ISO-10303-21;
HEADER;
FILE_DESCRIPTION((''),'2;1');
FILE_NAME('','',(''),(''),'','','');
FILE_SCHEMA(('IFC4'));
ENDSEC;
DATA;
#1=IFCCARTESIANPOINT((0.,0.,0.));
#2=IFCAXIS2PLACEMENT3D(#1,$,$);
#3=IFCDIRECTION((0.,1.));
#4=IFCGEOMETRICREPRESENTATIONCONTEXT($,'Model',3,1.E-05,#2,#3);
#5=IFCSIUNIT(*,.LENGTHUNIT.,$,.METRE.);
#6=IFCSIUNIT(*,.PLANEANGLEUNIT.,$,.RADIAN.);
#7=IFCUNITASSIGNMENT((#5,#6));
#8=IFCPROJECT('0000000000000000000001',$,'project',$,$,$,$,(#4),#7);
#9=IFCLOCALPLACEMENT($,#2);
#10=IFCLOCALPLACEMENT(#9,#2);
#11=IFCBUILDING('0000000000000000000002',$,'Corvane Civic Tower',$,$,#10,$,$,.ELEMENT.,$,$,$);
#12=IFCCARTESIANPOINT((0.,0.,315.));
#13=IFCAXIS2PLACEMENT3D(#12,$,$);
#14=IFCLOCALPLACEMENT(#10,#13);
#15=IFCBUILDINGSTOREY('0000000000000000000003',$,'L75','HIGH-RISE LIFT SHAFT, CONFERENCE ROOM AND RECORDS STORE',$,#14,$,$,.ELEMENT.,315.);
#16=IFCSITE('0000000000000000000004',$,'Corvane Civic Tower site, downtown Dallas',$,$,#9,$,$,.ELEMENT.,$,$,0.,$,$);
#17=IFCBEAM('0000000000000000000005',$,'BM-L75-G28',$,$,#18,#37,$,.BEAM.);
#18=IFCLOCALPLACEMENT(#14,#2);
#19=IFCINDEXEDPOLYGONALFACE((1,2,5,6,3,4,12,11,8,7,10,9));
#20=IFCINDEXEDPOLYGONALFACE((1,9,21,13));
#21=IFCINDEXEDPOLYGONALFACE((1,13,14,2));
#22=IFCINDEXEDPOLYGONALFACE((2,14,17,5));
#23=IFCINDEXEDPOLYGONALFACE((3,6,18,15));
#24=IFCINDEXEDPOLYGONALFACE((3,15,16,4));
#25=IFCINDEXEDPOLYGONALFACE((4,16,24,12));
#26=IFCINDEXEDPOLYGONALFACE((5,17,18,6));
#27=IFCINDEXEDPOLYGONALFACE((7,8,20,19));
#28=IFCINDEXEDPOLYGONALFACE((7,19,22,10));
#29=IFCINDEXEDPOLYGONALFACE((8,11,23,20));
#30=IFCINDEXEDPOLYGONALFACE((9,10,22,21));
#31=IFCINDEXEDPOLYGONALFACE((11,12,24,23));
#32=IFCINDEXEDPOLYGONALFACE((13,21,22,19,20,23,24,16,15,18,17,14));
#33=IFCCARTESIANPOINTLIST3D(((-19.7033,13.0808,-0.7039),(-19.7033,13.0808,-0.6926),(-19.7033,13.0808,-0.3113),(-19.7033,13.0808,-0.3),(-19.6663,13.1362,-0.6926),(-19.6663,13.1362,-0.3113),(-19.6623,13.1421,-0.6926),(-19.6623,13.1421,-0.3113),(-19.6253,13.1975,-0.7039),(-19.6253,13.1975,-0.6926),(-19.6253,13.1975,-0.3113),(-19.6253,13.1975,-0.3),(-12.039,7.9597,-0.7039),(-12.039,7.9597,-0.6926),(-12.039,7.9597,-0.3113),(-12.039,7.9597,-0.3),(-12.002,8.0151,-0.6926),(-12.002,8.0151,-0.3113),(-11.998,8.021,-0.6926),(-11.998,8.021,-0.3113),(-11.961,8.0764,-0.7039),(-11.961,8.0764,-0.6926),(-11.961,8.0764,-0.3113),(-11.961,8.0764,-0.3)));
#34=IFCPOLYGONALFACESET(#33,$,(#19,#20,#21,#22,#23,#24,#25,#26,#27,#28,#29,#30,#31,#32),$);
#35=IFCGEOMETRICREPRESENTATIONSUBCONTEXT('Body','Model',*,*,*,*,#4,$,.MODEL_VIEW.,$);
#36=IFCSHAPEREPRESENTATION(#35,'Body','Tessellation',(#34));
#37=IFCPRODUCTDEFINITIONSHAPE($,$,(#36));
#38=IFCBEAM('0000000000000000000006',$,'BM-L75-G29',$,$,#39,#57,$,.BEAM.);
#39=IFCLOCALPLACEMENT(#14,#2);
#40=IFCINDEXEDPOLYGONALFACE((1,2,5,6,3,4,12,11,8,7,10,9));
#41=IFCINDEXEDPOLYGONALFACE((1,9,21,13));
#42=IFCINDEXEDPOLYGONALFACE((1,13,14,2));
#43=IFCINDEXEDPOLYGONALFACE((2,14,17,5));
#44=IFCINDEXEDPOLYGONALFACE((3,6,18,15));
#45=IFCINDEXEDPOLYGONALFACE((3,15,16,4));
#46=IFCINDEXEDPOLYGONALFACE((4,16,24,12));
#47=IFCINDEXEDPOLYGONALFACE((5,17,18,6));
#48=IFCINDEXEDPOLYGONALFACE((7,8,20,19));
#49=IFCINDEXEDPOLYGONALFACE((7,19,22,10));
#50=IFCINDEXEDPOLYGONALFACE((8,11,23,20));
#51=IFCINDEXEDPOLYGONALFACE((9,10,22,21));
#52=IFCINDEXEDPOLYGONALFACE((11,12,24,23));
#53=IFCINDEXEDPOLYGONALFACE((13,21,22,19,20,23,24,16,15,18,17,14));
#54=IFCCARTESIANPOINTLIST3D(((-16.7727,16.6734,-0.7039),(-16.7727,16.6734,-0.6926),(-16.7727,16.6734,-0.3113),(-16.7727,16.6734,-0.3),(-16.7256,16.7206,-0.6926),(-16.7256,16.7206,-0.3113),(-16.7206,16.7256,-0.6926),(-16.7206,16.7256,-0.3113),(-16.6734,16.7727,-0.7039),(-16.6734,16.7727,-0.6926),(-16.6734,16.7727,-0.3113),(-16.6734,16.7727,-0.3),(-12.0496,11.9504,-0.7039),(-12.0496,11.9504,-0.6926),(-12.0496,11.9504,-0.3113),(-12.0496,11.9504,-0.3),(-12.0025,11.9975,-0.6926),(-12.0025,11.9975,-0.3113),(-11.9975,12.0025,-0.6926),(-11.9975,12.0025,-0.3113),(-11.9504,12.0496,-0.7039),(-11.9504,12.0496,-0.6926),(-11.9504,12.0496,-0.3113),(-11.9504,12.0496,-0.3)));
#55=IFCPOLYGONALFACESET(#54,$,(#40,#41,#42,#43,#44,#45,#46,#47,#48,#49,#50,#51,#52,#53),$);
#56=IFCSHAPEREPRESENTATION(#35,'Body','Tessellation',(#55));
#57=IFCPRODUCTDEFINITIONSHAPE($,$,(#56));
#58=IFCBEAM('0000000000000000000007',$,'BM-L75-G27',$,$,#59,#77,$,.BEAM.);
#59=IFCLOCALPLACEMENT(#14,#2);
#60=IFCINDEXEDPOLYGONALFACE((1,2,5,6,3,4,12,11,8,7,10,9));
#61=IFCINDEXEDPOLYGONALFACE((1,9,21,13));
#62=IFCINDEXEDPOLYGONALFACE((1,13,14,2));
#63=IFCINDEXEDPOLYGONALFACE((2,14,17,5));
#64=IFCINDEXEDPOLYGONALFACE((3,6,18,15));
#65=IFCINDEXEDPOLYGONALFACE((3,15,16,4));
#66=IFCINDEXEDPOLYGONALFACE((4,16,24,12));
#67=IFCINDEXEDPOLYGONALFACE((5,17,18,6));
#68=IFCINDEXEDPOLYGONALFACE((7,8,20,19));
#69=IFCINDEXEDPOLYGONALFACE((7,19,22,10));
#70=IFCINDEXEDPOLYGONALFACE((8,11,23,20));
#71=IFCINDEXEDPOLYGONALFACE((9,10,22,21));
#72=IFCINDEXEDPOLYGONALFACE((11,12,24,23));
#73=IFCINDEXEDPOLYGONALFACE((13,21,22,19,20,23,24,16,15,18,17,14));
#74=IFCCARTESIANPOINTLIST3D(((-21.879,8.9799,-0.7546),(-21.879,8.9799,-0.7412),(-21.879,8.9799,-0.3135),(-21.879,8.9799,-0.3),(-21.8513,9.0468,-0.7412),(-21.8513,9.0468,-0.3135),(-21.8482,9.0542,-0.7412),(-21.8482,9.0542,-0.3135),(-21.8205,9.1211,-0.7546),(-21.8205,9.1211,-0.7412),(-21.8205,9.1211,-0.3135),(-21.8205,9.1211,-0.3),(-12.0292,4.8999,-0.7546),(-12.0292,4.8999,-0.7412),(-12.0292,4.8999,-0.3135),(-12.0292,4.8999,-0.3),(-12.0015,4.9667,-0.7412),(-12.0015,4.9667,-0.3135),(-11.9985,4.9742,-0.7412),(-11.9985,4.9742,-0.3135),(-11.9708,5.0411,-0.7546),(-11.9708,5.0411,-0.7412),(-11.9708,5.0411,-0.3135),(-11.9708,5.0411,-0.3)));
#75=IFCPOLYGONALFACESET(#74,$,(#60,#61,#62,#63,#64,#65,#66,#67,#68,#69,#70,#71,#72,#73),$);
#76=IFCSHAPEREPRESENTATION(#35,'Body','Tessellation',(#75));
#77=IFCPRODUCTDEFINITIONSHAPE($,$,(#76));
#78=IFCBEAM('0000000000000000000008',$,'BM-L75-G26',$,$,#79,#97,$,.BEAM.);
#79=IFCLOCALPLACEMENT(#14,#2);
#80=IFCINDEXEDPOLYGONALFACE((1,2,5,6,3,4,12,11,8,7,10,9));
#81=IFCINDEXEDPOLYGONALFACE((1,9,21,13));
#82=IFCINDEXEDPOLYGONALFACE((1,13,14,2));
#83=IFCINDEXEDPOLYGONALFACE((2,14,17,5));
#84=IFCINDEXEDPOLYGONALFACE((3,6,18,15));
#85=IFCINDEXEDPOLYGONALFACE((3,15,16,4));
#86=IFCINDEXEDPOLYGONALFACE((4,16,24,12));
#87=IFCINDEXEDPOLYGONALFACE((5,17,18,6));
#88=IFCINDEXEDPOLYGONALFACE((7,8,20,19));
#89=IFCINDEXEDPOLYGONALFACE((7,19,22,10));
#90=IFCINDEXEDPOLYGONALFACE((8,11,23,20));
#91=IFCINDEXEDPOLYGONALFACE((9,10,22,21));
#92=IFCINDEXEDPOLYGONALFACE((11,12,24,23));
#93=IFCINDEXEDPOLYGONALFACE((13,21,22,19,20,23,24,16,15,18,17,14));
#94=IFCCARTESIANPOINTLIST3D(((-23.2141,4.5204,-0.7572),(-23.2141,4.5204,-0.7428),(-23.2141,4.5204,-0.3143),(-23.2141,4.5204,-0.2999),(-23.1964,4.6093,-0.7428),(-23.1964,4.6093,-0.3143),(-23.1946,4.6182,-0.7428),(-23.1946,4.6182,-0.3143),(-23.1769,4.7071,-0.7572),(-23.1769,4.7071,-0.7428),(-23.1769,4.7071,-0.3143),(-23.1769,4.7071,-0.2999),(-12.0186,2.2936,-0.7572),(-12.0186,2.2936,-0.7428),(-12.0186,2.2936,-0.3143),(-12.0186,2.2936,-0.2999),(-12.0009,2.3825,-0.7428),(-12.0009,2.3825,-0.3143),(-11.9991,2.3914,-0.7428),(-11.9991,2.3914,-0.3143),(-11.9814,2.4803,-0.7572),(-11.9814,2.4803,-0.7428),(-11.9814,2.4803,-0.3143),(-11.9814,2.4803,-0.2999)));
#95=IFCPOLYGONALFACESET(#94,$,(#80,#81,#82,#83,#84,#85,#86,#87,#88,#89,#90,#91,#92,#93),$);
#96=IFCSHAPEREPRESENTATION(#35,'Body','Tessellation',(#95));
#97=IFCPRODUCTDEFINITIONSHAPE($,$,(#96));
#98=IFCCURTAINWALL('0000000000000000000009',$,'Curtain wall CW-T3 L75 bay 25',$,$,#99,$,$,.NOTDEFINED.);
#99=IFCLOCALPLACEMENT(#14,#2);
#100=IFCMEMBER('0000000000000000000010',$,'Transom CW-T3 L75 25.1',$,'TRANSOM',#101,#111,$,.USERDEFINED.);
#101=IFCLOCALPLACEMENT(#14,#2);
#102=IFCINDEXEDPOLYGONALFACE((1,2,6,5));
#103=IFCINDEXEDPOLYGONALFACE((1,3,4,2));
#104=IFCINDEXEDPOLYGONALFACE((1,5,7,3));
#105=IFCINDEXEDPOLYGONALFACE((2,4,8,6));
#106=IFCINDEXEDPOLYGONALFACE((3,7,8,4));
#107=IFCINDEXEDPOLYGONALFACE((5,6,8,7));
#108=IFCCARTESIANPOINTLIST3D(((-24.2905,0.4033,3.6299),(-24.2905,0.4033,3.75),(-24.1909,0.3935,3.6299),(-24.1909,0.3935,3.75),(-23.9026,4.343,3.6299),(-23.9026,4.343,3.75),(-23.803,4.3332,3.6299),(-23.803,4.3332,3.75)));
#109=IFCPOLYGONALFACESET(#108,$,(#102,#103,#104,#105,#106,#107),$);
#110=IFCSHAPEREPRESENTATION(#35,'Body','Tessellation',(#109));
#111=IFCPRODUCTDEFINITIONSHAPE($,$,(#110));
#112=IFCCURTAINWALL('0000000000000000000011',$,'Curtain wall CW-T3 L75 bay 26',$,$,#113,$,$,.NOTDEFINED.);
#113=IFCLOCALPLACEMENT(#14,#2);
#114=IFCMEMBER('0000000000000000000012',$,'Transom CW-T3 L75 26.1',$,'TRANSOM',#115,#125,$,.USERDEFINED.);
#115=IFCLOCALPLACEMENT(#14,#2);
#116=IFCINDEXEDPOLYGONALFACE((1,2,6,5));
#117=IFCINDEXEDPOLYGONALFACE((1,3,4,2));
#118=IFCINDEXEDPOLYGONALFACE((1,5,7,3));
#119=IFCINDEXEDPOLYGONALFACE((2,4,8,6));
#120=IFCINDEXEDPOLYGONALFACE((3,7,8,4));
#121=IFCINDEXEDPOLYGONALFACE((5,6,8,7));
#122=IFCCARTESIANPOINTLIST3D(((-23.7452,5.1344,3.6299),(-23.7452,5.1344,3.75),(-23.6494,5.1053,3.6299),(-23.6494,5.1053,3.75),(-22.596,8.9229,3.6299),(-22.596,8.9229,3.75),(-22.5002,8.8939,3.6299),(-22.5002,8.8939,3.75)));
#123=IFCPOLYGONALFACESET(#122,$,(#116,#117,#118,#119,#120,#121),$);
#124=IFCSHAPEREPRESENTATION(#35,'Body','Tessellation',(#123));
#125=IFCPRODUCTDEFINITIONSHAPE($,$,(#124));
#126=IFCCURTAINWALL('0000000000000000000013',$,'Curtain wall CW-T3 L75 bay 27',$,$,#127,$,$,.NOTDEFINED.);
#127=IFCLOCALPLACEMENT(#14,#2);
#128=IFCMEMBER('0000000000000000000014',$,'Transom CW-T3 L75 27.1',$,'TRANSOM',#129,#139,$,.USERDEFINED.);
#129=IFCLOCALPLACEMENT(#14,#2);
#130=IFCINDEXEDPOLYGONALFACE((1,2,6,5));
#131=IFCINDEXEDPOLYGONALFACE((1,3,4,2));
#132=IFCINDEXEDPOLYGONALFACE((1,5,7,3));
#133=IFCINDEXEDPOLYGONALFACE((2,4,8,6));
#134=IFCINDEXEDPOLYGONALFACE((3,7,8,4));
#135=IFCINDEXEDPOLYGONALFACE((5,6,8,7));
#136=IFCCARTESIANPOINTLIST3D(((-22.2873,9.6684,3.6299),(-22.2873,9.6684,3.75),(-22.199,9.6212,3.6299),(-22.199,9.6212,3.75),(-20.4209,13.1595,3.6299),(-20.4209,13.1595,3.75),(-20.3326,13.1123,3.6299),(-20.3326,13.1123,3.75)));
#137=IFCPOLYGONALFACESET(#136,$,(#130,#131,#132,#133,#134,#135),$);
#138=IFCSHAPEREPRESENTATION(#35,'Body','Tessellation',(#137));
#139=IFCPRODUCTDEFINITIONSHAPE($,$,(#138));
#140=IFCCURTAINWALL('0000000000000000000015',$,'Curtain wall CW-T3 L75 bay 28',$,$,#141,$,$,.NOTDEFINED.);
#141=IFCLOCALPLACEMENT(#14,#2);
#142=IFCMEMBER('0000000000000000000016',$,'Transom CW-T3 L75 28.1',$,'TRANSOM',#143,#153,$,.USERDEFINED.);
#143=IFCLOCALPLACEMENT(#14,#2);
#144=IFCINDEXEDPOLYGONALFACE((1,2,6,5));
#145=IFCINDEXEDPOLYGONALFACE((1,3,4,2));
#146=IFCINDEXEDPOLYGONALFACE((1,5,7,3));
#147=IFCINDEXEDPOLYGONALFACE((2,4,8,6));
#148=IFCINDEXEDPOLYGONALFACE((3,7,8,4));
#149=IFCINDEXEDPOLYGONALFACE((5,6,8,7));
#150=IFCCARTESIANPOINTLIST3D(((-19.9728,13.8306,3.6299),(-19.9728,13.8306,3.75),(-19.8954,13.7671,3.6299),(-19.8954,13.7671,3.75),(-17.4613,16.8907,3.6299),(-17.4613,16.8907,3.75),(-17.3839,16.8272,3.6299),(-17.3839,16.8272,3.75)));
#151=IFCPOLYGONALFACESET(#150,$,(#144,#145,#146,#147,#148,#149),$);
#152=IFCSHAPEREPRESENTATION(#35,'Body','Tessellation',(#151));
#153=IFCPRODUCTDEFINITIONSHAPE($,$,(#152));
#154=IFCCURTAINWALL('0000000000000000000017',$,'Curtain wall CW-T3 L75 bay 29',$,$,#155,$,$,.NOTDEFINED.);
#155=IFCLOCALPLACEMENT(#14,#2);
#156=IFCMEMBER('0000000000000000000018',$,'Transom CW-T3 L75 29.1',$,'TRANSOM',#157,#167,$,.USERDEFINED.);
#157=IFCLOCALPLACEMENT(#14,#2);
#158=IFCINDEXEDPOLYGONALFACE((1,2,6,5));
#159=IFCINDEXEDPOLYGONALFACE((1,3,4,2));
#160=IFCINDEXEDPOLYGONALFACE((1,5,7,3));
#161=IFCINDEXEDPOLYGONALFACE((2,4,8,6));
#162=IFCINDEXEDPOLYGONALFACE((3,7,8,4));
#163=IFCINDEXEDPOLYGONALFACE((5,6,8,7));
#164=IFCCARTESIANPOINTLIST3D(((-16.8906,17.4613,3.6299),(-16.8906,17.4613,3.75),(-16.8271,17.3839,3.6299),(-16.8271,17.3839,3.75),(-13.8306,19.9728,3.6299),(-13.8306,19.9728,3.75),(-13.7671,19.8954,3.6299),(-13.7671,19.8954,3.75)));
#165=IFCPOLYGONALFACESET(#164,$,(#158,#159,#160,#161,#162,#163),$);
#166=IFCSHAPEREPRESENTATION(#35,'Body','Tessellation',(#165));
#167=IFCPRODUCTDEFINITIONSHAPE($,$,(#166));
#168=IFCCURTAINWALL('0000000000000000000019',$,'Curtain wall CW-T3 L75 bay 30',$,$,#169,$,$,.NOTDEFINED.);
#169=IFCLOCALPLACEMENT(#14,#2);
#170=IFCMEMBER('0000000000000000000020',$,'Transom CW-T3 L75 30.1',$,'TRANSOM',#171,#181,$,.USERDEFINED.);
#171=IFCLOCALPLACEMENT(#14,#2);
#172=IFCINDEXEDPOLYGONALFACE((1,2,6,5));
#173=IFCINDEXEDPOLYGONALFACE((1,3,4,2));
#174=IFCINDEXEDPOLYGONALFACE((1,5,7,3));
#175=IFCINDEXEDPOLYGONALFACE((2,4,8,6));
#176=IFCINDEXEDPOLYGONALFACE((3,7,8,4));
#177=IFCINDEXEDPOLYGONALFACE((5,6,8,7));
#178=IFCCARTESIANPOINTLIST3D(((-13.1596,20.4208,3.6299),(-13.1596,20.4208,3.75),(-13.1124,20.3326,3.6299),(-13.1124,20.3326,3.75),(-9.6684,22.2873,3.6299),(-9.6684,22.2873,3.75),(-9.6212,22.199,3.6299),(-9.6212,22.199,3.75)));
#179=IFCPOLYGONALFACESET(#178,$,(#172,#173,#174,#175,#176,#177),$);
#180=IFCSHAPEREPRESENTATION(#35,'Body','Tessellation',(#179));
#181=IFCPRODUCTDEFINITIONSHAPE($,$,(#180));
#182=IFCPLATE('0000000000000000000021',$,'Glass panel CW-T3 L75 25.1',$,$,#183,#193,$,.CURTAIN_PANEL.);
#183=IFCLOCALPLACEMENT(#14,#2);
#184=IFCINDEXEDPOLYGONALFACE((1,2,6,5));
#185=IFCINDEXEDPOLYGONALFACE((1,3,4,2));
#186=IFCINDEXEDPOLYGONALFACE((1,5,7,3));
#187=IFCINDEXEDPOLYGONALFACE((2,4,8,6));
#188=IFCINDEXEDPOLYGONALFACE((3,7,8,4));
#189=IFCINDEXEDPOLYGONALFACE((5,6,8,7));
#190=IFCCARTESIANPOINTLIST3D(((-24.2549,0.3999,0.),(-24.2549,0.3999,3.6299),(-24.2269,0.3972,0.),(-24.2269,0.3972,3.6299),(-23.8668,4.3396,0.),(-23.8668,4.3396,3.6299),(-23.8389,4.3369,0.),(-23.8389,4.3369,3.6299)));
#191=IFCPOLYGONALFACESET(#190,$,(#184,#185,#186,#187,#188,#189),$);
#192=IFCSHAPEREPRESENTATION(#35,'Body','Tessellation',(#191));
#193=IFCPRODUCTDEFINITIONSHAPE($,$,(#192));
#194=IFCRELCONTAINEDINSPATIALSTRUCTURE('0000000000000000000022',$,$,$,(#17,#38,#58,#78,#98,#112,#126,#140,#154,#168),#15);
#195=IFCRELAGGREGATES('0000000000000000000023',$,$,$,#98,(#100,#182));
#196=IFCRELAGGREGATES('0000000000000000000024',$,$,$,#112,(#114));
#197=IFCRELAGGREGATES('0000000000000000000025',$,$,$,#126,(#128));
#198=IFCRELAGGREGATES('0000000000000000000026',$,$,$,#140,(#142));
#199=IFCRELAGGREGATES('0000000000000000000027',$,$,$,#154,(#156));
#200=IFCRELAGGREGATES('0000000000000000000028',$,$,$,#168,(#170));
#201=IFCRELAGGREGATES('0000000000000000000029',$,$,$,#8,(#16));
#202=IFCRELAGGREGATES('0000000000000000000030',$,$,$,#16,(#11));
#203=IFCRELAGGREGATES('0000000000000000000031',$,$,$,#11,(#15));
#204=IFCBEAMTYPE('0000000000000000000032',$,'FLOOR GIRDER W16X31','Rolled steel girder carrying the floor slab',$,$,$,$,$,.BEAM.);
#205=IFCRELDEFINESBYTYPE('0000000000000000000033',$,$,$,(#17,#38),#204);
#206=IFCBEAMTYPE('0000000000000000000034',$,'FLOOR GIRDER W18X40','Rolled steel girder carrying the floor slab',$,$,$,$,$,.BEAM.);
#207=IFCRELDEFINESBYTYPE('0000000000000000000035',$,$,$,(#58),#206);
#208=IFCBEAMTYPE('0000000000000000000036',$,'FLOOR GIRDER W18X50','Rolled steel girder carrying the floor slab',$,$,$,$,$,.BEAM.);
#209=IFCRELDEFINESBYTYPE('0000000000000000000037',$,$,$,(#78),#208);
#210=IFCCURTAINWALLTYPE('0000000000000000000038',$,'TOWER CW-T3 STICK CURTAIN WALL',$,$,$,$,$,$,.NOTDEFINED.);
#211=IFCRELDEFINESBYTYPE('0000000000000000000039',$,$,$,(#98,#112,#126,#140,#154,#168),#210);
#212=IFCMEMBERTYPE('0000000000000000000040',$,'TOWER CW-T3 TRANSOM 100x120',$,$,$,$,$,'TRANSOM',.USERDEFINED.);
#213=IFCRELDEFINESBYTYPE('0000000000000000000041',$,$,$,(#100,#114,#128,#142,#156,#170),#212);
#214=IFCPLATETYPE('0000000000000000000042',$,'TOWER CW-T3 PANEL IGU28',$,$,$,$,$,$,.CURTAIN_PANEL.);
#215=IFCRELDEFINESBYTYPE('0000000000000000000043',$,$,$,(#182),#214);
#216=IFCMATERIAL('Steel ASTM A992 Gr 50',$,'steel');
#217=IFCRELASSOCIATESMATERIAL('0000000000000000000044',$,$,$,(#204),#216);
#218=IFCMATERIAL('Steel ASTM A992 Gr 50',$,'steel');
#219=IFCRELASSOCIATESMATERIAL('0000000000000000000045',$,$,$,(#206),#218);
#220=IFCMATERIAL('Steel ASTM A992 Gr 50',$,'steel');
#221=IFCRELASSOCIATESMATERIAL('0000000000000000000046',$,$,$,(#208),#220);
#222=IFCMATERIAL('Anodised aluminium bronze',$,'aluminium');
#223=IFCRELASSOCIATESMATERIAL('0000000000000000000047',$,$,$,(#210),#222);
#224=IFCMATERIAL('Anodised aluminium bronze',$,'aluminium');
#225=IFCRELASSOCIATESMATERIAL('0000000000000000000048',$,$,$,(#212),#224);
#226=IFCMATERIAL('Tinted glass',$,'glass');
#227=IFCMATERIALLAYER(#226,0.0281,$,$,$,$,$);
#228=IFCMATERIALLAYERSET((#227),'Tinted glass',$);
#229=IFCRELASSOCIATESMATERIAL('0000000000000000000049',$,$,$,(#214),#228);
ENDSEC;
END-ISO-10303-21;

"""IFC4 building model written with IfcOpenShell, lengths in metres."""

from ifc_helpers import new_model, si_unit, direction, frame, origin, origin_2d, place, context, subcontext, project, spatial, rectangle, i_section, extrude, material, layer, layer_set, material_profile, profile_set, type_object, element, aggregate, save


model = new_model("IFC4")

# Units and contexts
model_context = context("Model", 3, precision=1e-05, world=origin(), true_north=direction((0.0, 1.0)))
body_context = subcontext(model_context, "Body", "Model", "MODEL_VIEW")
ifc_project = project(units=[si_unit("LENGTHUNIT", "METRE"), si_unit("PLANEANGLEUNIT", "RADIAN")], contexts=[model_context])

# Site, building, storey
site_placement = place(None, origin())
site = spatial("IfcSite", under=ifc_project, at=site_placement, Name="Corvane Civic Tower site, downtown Dallas", CompositionType="ELEMENT", RefElevation=0.0)
building_placement = place(site_placement, origin())
building = spatial("IfcBuilding", under=site, at=building_placement, Name="Corvane Civic Tower", CompositionType="ELEMENT")
storey_placement = place(building_placement, frame((0.0, 0.0, 315.0)))
storey = spatial("IfcBuildingStorey", under=building, at=storey_placement, Name="L75", Description="HIGH-RISE LIFT SHAFT, CONFERENCE ROOM AND RECORDS STORE", CompositionType="ELEMENT", Elevation=315.0)

# Beams
ifc_material_1 = material(Name="Steel ASTM A992 Gr 50", Category="steel")
ifc_material_profile_1 = material_profile(ifc_material_1, i_section(OverallWidth=0.1404, OverallDepth=0.4038, WebThickness=0.0071, FlangeThickness=0.0112, at=origin_2d()), Name="W16X31")
ifc_profile_set_1 = profile_set([ifc_material_profile_1], Name="Steel ASTM A992 Gr 50")
beam_type_1 = type_object("IfcBeamType", Name="FLOOR GIRDER W16X31", Description="Rolled steel girder carrying the floor slab", PredefinedType="BEAM", material=ifc_profile_set_1)
beam_1_placement = place(storey_placement, frame((-12.0, 8.0181, -0.502), z_axis=(-0.831471, 0.555568, 0.0), x_axis=(-0.555568, -0.831471, 0.0)))
element("IfcBeam", 1, at=beam_1_placement, inside=storey, type_object=beam_type_1, Name="BM-L75-G28", PredefinedType="BEAM", context=body_context, shape_type="SweptSolid", body=[
    extrude(i_section(OverallWidth=0.1404, OverallDepth=0.4038, WebThickness=0.0071, FlangeThickness=0.0112, at=origin_2d()), origin(), (0.0, 0.0, 1.0), 9.2178),
])
beam_2_placement = place(storey_placement, frame((-12.0, 12.0, -0.502), z_axis=(-0.707107, 0.707107, 0.0), x_axis=(-0.707107, -0.707107, 0.0)))
element("IfcBeam", 2, at=beam_2_placement, inside=storey, type_object=beam_type_1, Name="BM-L75-G29", PredefinedType="BEAM", context=body_context, shape_type="SweptSolid", body=[
    extrude(i_section(OverallWidth=0.1404, OverallDepth=0.4038, WebThickness=0.0071, FlangeThickness=0.0112, at=origin_2d()), origin(), (0.0, 0.0, 1.0), 6.6794),
])
ifc_material_2 = material(Name="Steel ASTM A992 Gr 50", Category="steel")
ifc_material_profile_2 = material_profile(ifc_material_2, i_section(OverallWidth=0.1528, OverallDepth=0.4546, WebThickness=0.0081, FlangeThickness=0.0134, at=origin_2d()), Name="W18X40")
ifc_profile_set_2 = profile_set([ifc_material_profile_2], Name="Steel ASTM A992 Gr 50")
beam_type_2 = type_object("IfcBeamType", Name="FLOOR GIRDER W18X40", Description="Rolled steel girder carrying the floor slab", PredefinedType="BEAM", material=ifc_profile_set_2)
beam_3_placement = place(storey_placement, frame((-12.0, 4.9705, -0.5273), z_axis=(-0.923875, 0.382694, 0.0), x_axis=(-0.382694, -0.923875, 0.0)))
element("IfcBeam", 3, at=beam_3_placement, inside=storey, type_object=beam_type_2, Name="BM-L75-G27", PredefinedType="BEAM", context=body_context, shape_type="SweptSolid", body=[
    extrude(i_section(OverallWidth=0.1528, OverallDepth=0.4546, WebThickness=0.0081, FlangeThickness=0.0134, at=origin_2d()), origin(), (0.0, 0.0, 1.0), 10.6614),
])
ifc_material_3 = material(Name="Steel ASTM A992 Gr 50", Category="steel")
ifc_material_profile_3 = material_profile(ifc_material_3, i_section(OverallWidth=0.1904, OverallDepth=0.4573, WebThickness=0.009, FlangeThickness=0.0144, at=origin_2d()), Name="W18X50")
ifc_profile_set_3 = profile_set([ifc_material_profile_3], Name="Steel ASTM A992 Gr 50")
beam_type_3 = type_object("IfcBeamType", Name="FLOOR GIRDER W18X50", Description="Rolled steel girder carrying the floor slab", PredefinedType="BEAM", material=ifc_profile_set_3)
beam_4_placement = place(storey_placement, frame((-12.0, 2.387, -0.5286), z_axis=(-0.980787, 0.19508, 0.0), x_axis=(-0.19508, -0.980787, 0.0)))
element("IfcBeam", 4, at=beam_4_placement, inside=storey, type_object=beam_type_3, Name="BM-L75-G26", PredefinedType="BEAM", context=body_context, shape_type="SweptSolid", body=[
    extrude(i_section(OverallWidth=0.1904, OverallDepth=0.4573, WebThickness=0.009, FlangeThickness=0.0144, at=origin_2d()), origin(), (0.0, 0.0, 1.0), 11.4148),
])

# Curtain walls, members
ifc_material_4 = material(Name="Anodised aluminium bronze", Category="aluminium")
curtain_wall_type = type_object("IfcCurtainWallType", Name="TOWER CW-T3 STICK CURTAIN WALL", PredefinedType="NOTDEFINED", material=ifc_material_4)
curtain_wall_1_placement = place(storey_placement, origin())
curtain_wall_1 = element("IfcCurtainWall", 5, at=curtain_wall_1_placement, inside=storey, type_object=curtain_wall_type, Name="Curtain wall CW-T3 L75 bay 25", PredefinedType="NOTDEFINED")
ifc_material_5 = material(Name="Anodised aluminium bronze", Category="aluminium")
ifc_material_profile_4 = material_profile(ifc_material_5, rectangle(XDim=0.1001, YDim=0.1201, at=origin_2d()), Name="TOWER CW-T3 TRANSOM 100x120")
ifc_profile_set_4 = profile_set([ifc_material_profile_4], Name="Anodised aluminium bronze")
member_type = type_object("IfcMemberType", Name="TOWER CW-T3 TRANSOM 100x120", ElementType="TRANSOM", PredefinedType="USERDEFINED", material=ifc_profile_set_4)
member_1_placement = place(storey_placement, frame((-24.2407, 0.3984, 3.6899), z_axis=(0.097995, 0.995187, 0.0), x_axis=(-0.995187, 0.097995, 0.0)))
member_1 = element("IfcMember", 6, at=member_1_placement, type_object=member_type, Name="Transom CW-T3 L75 25.1", ObjectType="TRANSOM", PredefinedType="USERDEFINED", context=body_context, shape_type="SweptSolid", body=[
    extrude(rectangle(XDim=0.1001, YDim=0.1201, at=origin_2d()), origin(), (0.0, 0.0, 1.0), 3.9587),
])
curtain_wall_2_placement = place(storey_placement, origin())
curtain_wall_2 = element("IfcCurtainWall", 7, at=curtain_wall_2_placement, inside=storey, type_object=curtain_wall_type, Name="Curtain wall CW-T3 L75 bay 26", PredefinedType="NOTDEFINED")
member_2_placement = place(storey_placement, frame((-23.6973, 5.1199, 3.6899), z_axis=(0.290266, 0.956946, 0.0), x_axis=(-0.956946, 0.290266, 0.0)))
member_2 = element("IfcMember", 8, at=member_2_placement, type_object=member_type, Name="Transom CW-T3 L75 26.1", ObjectType="TRANSOM", PredefinedType="USERDEFINED", context=body_context, shape_type="SweptSolid", body=[
    extrude(rectangle(XDim=0.1001, YDim=0.1201, at=origin_2d()), origin(), (0.0, 0.0, 1.0), 3.959),
])
curtain_wall_3_placement = place(storey_placement, origin())
curtain_wall_3 = element("IfcCurtainWall", 9, at=curtain_wall_3_placement, inside=storey, type_object=curtain_wall_type, Name="Curtain wall CW-T3 L75 bay 27", PredefinedType="NOTDEFINED")
member_3_placement = place(storey_placement, frame((-22.2432, 9.6448, 3.6899), z_axis=(0.471468, 0.881883, 0.0), x_axis=(-0.881883, 0.471468, 0.0)))
member_3 = element("IfcMember", 10, at=member_3_placement, type_object=member_type, Name="Transom CW-T3 L75 27.1", ObjectType="TRANSOM", PredefinedType="USERDEFINED", context=body_context, shape_type="SweptSolid", body=[
    extrude(rectangle(XDim=0.1001, YDim=0.1201, at=origin_2d()), origin(), (0.0, 0.0, 1.0), 3.9587),
])
curtain_wall_4_placement = place(storey_placement, origin())
curtain_wall_4 = element("IfcCurtainWall", 11, at=curtain_wall_4_placement, inside=storey, type_object=curtain_wall_type, Name="Curtain wall CW-T3 L75 bay 28", PredefinedType="NOTDEFINED")
member_4_placement = place(storey_placement, frame((-19.9341, 13.7988, 3.6899), z_axis=(0.634416, 0.772992, 0.0), x_axis=(-0.772992, 0.634416, 0.0)))
member_4 = element("IfcMember", 12, at=member_4_placement, type_object=member_type, Name="Transom CW-T3 L75 28.1", ObjectType="TRANSOM", PredefinedType="USERDEFINED", context=body_context, shape_type="SweptSolid", body=[
    extrude(rectangle(XDim=0.1001, YDim=0.1201, at=origin_2d()), origin(), (0.0, 0.0, 1.0), 3.9587),
])
curtain_wall_5_placement = place(storey_placement, origin())
curtain_wall_5 = element("IfcCurtainWall", 13, at=curtain_wall_5_placement, inside=storey, type_object=curtain_wall_type, Name="Curtain wall CW-T3 L75 bay 29", PredefinedType="NOTDEFINED")
member_5_placement = place(storey_placement, frame((-16.8589, 17.4226, 3.6899), z_axis=(0.772992, 0.634416, 0.0), x_axis=(-0.634416, 0.772992, 0.0)))
member_5 = element("IfcMember", 14, at=member_5_placement, type_object=member_type, Name="Transom CW-T3 L75 29.1", ObjectType="TRANSOM", PredefinedType="USERDEFINED", context=body_context, shape_type="SweptSolid", body=[
    extrude(rectangle(XDim=0.1001, YDim=0.1201, at=origin_2d()), origin(), (0.0, 0.0, 1.0), 3.9587),
])
curtain_wall_6_placement = place(storey_placement, origin())
curtain_wall_6 = element("IfcCurtainWall", 15, at=curtain_wall_6_placement, inside=storey, type_object=curtain_wall_type, Name="Curtain wall CW-T3 L75 bay 30", PredefinedType="NOTDEFINED")
member_6_placement = place(storey_placement, frame((-13.136, 20.3767, 3.6899), z_axis=(0.881883, 0.471468, 0.0), x_axis=(-0.471468, 0.881883, 0.0)))
member_6 = element("IfcMember", 16, at=member_6_placement, type_object=member_type, Name="Transom CW-T3 L75 30.1", ObjectType="TRANSOM", PredefinedType="USERDEFINED", context=body_context, shape_type="SweptSolid", body=[
    extrude(rectangle(XDim=0.1001, YDim=0.1201, at=origin_2d()), origin(), (0.0, 0.0, 1.0), 3.9587),
])

# Plate
ifc_material_6 = material(Name="Tinted glass", Category="glass")
ifc_layer_1 = layer(ifc_material_6, 0.0281)
ifc_layer_set_1 = layer_set([ifc_layer_1], Name="Tinted glass")
plate_type = type_object("IfcPlateType", Name="TOWER CW-T3 PANEL IGU28", PredefinedType="CURTAIN_PANEL", material=ifc_layer_set_1)
plate_1_placement = place(storey_placement, frame((-24.0469, 2.3684, 0.0), z_axis=(0.0, 0.0, 1.0), x_axis=(0.098021, 0.995184, 0.0)))
plate_1 = element("IfcPlate", 17, at=plate_1_placement, type_object=plate_type, Name="Glass panel CW-T3 L75 25.1", PredefinedType="CURTAIN_PANEL", context=body_context, shape_type="SweptSolid", body=[
    extrude(rectangle(XDim=3.9587, YDim=0.0281, at=origin_2d()), origin(), (0.0, 0.0, 1.0), 3.6299),
])
aggregate(curtain_wall_1, [member_1, plate_1])
aggregate(curtain_wall_2, [member_2])
aggregate(curtain_wall_3, [member_3])
aggregate(curtain_wall_4, [member_4])
aggregate(curtain_wall_5, [member_5])
aggregate(curtain_wall_6, [member_6])

save(model, "model.ifc")
